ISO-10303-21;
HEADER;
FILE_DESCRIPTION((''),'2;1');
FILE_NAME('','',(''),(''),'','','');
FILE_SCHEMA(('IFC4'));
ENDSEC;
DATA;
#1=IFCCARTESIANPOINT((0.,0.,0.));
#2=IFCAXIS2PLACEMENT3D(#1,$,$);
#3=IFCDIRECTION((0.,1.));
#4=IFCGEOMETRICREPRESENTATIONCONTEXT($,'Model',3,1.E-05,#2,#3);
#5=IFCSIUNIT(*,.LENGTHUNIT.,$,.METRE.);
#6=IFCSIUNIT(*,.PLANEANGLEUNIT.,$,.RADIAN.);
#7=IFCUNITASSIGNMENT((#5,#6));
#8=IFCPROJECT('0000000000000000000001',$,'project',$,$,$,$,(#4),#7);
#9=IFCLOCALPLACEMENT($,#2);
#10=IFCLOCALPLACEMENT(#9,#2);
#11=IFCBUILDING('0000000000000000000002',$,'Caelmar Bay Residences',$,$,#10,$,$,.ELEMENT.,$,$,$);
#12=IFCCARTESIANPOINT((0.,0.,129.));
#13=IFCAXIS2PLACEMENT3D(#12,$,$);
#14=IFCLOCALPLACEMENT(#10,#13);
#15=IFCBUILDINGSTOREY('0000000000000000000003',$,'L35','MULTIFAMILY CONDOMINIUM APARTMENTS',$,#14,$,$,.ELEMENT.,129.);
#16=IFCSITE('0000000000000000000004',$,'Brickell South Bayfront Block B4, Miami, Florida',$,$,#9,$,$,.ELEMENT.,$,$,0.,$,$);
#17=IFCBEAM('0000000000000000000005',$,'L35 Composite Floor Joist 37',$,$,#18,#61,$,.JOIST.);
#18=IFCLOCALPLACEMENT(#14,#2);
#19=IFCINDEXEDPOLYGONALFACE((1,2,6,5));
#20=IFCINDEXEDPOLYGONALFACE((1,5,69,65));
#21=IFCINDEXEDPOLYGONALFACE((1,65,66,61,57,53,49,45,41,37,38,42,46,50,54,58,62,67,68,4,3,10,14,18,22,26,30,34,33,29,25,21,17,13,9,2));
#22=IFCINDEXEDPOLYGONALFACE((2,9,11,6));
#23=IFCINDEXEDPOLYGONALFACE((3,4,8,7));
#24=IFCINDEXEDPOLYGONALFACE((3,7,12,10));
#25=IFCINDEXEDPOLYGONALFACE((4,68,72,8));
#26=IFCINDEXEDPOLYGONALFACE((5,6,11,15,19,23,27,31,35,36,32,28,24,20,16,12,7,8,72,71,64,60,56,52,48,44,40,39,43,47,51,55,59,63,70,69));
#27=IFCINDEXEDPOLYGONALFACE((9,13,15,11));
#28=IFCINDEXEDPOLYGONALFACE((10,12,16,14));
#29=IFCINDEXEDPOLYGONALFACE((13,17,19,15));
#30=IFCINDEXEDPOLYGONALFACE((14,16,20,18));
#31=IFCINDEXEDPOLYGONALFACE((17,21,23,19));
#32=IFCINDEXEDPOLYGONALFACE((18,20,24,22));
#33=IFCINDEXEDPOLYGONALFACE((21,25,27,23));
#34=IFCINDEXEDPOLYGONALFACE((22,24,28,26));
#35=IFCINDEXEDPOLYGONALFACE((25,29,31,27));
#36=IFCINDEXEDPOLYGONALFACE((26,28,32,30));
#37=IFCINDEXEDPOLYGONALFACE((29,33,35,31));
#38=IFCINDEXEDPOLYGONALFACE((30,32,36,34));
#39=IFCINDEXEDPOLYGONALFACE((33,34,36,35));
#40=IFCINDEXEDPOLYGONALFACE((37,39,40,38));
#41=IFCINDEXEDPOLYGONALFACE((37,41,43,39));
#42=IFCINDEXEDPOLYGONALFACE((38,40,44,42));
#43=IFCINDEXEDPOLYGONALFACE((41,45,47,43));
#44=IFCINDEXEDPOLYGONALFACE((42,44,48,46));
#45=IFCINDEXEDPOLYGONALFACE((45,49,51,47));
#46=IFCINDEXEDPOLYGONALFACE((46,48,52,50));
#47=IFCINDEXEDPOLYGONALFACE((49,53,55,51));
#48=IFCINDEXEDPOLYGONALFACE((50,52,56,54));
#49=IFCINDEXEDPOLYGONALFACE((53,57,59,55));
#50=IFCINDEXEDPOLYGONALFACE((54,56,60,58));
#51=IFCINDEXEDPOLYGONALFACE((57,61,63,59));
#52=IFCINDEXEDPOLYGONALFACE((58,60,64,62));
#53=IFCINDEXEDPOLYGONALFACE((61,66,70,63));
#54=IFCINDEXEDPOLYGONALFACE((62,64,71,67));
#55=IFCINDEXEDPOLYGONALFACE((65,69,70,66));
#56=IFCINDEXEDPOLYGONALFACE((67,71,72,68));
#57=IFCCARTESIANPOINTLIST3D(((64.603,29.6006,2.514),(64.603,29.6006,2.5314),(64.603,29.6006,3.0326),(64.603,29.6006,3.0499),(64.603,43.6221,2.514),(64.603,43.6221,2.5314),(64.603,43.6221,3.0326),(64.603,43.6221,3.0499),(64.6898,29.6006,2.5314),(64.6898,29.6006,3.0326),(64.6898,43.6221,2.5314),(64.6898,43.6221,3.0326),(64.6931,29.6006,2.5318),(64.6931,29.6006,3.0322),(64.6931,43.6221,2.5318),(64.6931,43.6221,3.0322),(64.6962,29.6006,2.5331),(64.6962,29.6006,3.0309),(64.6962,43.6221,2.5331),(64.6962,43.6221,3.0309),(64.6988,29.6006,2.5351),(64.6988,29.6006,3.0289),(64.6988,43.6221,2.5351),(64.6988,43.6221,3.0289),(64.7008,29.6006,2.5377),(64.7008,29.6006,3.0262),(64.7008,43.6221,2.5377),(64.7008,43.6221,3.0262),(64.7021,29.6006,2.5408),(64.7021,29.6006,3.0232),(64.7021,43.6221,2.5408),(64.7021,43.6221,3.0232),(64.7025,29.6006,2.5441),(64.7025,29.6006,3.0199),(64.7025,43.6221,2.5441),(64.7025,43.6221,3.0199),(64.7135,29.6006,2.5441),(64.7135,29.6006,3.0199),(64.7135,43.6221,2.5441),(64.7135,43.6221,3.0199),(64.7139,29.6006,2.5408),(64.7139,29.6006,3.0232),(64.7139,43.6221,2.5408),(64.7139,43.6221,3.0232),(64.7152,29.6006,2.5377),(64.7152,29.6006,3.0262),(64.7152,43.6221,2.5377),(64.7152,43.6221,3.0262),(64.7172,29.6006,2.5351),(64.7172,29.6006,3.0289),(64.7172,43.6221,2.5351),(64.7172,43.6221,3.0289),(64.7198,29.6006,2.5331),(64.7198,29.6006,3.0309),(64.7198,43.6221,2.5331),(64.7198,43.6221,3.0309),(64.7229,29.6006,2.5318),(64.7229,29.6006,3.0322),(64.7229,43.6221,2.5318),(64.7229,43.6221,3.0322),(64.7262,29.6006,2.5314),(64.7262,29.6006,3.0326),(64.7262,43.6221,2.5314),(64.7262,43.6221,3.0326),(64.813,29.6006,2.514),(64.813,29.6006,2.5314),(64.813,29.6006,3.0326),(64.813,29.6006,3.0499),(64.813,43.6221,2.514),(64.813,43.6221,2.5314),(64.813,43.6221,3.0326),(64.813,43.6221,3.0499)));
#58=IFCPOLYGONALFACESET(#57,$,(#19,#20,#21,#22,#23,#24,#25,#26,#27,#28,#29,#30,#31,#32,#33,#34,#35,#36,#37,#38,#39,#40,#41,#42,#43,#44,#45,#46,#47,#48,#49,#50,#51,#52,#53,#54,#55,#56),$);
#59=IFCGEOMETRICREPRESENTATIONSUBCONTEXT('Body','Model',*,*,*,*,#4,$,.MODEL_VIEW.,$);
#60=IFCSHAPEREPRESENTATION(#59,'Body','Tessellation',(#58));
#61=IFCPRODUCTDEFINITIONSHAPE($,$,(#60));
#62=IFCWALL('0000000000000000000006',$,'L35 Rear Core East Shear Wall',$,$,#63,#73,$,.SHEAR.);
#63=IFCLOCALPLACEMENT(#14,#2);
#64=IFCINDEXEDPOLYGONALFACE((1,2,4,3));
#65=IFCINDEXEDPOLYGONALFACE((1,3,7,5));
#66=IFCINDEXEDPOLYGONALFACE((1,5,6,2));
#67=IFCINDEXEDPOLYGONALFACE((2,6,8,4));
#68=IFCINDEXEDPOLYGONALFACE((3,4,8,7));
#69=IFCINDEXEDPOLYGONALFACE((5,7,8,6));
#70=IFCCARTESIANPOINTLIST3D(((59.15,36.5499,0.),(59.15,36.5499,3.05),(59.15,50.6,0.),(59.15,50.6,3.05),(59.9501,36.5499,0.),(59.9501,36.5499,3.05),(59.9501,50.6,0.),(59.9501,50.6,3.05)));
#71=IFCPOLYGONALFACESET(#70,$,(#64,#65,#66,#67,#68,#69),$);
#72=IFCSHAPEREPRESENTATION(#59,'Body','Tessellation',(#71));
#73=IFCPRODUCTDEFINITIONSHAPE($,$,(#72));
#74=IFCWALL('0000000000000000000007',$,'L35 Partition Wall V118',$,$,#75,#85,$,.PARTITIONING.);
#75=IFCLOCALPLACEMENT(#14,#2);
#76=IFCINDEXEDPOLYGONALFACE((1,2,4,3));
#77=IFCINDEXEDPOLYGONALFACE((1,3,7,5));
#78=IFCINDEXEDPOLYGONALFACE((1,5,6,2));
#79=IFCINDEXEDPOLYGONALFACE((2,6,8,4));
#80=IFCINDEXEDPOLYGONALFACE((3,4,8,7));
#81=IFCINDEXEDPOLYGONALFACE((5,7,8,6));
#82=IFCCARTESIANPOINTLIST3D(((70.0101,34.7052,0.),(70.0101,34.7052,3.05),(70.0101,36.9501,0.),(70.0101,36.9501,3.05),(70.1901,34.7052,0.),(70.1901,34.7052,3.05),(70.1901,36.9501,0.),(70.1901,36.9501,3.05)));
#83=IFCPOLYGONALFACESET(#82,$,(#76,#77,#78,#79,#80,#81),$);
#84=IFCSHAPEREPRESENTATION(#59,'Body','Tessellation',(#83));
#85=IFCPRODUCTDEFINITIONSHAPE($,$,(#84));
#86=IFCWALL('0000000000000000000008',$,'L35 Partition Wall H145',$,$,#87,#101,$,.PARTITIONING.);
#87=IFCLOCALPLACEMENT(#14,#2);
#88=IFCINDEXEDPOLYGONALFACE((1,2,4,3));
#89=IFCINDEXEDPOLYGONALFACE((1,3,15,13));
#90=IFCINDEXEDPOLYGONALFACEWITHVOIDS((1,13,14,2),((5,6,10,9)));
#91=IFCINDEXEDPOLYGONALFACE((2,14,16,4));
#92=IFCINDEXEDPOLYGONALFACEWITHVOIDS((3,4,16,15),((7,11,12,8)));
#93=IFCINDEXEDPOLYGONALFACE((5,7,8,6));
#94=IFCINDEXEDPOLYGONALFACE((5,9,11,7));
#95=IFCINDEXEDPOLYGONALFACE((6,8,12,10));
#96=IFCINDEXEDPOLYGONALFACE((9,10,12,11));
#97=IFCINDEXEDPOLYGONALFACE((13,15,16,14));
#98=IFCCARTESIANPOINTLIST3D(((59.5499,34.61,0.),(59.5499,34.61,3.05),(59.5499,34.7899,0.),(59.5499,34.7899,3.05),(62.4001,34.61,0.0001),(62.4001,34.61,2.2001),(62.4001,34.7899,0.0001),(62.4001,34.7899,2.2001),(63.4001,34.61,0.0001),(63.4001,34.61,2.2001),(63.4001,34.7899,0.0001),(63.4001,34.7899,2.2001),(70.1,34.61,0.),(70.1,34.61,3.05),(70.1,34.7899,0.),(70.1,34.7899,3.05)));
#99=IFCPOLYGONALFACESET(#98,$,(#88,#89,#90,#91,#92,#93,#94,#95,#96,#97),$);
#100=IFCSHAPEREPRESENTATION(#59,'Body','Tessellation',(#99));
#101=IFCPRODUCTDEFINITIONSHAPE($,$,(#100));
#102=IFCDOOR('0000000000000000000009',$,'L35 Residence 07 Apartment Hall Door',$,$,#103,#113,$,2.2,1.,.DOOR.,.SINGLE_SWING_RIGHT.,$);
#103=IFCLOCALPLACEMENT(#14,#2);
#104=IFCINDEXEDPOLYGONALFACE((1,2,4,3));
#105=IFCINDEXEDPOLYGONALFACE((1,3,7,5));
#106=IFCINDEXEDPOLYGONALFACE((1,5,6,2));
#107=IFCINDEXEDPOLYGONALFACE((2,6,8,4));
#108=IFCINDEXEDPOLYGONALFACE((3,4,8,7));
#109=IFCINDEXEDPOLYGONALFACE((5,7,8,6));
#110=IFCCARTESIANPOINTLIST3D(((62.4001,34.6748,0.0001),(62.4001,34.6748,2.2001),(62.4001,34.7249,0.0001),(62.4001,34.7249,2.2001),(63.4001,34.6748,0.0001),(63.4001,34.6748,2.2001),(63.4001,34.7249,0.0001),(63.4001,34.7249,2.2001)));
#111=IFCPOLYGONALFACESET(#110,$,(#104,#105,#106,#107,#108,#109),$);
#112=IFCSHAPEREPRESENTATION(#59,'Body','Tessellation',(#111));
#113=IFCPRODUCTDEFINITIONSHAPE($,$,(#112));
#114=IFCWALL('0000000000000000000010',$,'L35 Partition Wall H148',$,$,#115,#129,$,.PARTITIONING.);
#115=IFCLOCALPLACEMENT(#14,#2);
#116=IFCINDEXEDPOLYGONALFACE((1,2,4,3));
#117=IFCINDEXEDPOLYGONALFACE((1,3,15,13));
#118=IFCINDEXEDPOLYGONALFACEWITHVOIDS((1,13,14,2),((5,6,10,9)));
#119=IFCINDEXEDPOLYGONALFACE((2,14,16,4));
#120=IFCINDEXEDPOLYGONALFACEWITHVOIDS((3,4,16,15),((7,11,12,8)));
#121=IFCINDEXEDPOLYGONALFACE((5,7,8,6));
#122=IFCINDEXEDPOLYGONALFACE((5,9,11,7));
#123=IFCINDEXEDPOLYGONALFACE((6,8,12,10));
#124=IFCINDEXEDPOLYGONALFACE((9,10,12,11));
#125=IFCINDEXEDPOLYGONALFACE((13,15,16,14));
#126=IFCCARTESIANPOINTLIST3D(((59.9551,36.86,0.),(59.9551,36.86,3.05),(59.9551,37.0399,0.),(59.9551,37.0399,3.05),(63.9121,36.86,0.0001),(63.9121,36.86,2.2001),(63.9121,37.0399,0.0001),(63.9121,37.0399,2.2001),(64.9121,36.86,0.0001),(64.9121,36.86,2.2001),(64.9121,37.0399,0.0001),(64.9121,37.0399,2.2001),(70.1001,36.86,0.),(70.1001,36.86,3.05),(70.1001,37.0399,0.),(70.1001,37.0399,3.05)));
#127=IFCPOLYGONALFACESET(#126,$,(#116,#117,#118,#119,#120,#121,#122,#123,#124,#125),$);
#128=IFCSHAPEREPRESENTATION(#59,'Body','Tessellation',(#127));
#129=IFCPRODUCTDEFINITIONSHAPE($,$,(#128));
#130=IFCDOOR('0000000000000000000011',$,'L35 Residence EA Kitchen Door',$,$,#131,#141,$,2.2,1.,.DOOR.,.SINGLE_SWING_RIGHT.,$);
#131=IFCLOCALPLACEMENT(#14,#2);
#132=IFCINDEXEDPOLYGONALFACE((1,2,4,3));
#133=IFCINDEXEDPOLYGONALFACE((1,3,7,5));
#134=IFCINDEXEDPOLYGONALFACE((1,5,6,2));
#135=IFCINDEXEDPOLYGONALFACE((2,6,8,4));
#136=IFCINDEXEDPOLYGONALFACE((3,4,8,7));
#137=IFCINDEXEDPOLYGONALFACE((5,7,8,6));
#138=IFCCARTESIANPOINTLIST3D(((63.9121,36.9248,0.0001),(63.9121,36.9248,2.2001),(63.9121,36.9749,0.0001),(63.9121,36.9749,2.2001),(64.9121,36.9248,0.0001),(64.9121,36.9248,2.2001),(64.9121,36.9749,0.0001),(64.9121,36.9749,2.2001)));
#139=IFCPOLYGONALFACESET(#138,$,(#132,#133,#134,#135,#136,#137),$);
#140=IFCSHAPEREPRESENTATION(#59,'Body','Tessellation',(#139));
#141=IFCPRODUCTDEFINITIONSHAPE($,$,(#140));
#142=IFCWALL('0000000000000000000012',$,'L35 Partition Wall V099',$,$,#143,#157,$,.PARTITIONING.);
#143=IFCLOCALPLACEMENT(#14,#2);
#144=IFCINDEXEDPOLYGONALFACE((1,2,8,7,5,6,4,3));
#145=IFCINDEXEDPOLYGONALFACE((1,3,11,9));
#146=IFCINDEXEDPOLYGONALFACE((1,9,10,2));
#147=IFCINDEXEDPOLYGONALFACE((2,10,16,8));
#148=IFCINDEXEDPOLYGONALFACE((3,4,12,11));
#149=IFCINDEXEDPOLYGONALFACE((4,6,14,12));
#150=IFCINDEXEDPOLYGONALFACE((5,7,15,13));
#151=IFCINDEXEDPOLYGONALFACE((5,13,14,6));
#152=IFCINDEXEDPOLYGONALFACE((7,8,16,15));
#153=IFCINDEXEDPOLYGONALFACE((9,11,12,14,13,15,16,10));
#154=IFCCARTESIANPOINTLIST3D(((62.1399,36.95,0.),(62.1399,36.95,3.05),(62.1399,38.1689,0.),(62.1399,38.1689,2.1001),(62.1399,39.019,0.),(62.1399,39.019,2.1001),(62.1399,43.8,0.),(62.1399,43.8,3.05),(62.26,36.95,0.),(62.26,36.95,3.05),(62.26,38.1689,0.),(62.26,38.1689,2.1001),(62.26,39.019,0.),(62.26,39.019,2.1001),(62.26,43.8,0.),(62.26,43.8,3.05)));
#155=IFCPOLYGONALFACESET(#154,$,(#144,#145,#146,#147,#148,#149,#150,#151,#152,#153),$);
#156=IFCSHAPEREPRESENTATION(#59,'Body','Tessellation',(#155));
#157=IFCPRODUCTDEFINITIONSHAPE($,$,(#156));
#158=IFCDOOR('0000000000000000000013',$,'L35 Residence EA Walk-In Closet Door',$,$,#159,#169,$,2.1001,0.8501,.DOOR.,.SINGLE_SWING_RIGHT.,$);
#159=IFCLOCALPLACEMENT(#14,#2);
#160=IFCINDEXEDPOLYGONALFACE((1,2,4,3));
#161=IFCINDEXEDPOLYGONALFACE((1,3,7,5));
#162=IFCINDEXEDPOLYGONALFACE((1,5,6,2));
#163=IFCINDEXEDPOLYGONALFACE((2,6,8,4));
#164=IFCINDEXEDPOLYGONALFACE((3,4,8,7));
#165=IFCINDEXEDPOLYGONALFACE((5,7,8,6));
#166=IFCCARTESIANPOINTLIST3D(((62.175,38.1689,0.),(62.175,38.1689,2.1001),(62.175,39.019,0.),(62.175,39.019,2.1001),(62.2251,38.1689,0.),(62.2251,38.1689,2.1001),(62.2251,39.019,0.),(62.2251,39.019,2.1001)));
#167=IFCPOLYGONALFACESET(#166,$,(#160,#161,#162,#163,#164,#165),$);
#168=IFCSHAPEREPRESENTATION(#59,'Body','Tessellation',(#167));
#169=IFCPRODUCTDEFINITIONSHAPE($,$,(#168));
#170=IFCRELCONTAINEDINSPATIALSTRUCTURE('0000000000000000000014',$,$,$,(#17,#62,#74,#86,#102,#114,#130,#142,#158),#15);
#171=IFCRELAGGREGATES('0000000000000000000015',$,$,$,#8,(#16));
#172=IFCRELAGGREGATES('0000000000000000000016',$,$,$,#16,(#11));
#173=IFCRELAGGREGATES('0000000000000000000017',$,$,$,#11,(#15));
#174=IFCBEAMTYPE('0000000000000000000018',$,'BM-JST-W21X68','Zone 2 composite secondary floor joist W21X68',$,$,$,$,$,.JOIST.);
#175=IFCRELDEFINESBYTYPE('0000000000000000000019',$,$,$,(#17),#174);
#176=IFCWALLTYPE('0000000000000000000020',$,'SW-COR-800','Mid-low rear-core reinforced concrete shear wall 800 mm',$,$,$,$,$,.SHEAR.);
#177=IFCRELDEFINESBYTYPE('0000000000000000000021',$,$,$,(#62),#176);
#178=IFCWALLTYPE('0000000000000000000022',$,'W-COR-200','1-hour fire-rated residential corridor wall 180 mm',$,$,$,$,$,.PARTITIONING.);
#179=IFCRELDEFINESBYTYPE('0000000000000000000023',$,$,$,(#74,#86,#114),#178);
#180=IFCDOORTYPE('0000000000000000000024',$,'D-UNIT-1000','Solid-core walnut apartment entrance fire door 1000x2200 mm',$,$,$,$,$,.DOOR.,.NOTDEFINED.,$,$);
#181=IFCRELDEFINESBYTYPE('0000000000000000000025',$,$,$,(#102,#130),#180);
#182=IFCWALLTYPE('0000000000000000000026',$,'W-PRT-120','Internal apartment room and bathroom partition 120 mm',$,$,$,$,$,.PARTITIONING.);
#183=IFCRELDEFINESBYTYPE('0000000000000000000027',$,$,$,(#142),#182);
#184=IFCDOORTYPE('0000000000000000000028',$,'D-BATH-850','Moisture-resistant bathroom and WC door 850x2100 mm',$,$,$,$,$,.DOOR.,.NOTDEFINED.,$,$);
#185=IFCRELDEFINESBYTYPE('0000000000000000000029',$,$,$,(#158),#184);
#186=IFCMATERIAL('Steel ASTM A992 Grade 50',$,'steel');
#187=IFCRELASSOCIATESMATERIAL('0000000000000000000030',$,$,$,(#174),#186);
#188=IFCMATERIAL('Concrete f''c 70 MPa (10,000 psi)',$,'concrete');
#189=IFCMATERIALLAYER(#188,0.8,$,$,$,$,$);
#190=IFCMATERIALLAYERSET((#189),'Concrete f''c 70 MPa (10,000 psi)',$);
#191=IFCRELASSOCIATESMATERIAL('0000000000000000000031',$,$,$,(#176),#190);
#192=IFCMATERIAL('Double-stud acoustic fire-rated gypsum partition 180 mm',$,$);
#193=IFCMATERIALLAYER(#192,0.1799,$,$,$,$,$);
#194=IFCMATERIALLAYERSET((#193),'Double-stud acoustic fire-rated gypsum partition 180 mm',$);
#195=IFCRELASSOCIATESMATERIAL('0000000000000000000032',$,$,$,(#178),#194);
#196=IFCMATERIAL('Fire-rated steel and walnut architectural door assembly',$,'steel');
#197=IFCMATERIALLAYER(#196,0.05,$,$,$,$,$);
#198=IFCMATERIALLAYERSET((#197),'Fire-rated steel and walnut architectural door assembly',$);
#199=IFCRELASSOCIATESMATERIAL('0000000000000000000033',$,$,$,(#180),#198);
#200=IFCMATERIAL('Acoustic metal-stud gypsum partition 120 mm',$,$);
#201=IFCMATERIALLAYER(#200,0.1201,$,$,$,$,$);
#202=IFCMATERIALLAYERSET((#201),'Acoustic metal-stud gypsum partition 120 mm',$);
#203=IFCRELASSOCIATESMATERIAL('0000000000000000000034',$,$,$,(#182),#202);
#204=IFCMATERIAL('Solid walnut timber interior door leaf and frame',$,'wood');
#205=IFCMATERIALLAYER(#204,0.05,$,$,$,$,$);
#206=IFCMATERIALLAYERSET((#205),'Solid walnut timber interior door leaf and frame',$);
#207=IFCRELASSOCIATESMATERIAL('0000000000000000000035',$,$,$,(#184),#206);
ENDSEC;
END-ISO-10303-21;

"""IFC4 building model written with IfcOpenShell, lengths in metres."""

from ifc_helpers import new_model, si_unit, direction, frame, frame_2d, origin, origin_2d, place, context, subcontext, project, spatial, rectangle, i_section, extrude, material, layer, layer_set, material_profile, profile_set, type_object, element, fill, save


model = new_model("IFC4")

# Units and contexts
model_context = context("Model", 3, precision=1e-05, world=origin(), true_north=direction((0.0, 1.0)))
body_context = subcontext(model_context, "Body", "Model", "MODEL_VIEW")
ifc_project = project(units=[si_unit("LENGTHUNIT", "METRE"), si_unit("PLANEANGLEUNIT", "RADIAN")], contexts=[model_context])

# Site, building, storey
site_placement = place(None, origin())
site = spatial("IfcSite", under=ifc_project, at=site_placement, Name="Brickell South Bayfront Block B4, Miami, Florida", CompositionType="ELEMENT", RefElevation=0.0)
building_placement = place(site_placement, origin())
building = spatial("IfcBuilding", under=site, at=building_placement, Name="Caelmar Bay Residences", CompositionType="ELEMENT")
storey_placement = place(building_placement, frame((0.0, 0.0, 129.0)))
storey = spatial("IfcBuildingStorey", under=building, at=storey_placement, Name="L35", Description="MULTIFAMILY CONDOMINIUM APARTMENTS", CompositionType="ELEMENT", Elevation=129.0)

# Shared definitions
ifc_material_1 = material(Name="Concrete f'c 70 MPa (10,000 psi)", Category="concrete")

# Beam
ifc_material_2 = material(Name="Steel ASTM A992 Grade 50", Category="steel")
ifc_material_profile_1 = material_profile(ifc_material_2, i_section(OverallWidth=0.21, OverallDepth=0.5359, WebThickness=0.011, FlangeThickness=0.0173, FilletRadius=0.0127, at=origin_2d()), Name="W21X68")
ifc_profile_set_1 = profile_set([ifc_material_profile_1], Name="Steel ASTM A992 Grade 50")
beam_type_1 = type_object("IfcBeamType", Name="BM-JST-W21X68", Description="Zone 2 composite secondary floor joist W21X68", PredefinedType="JOIST", material=ifc_profile_set_1)
beam_1_placement = place(storey_placement, frame((64.708, 29.6006, 2.782), z_axis=(0.0, 1.0, 0.0), x_axis=(-1.0, 0.0, 0.0)))
element("IfcBeam", 1, at=beam_1_placement, inside=storey, type_object=beam_type_1, Name="L35 Composite Floor Joist 37", PredefinedType="JOIST", context=body_context, shape_type="SweptSolid", body=[
    extrude(i_section(OverallWidth=0.21, OverallDepth=0.5359, WebThickness=0.011, FlangeThickness=0.0173, FilletRadius=0.0127, at=origin_2d()), origin(), (0.0, 0.0, 1.0), 14.0215),
])

# Walls
ifc_layer_1 = layer(ifc_material_1, 0.8)
ifc_layer_set_1 = layer_set([ifc_layer_1], Name="Concrete f'c 70 MPa (10,000 psi)")
wall_type_1 = type_object("IfcWallType", Name="SW-COR-800", Description="Mid-low rear-core reinforced concrete shear wall 800 mm", PredefinedType="SHEAR", material=ifc_layer_set_1)
wall_1_placement = place(storey_placement, frame((59.55, 36.55, 0.0), z_axis=(0.0, 0.0, 1.0), x_axis=(0.0, 1.0, 0.0)))
element("IfcWall", 2, at=wall_1_placement, inside=storey, type_object=wall_type_1, Name="L35 Rear Core East Shear Wall", PredefinedType="SHEAR", context=body_context, shape_type="SweptSolid", body=[
    extrude(rectangle(XDim=14.05, YDim=0.8, at=frame_2d((7.0249, 0.0))), origin(), (0.0, 0.0, 1.0), 3.05),
])
ifc_material_3 = material(Name="Double-stud acoustic fire-rated gypsum partition 180 mm")
ifc_layer_2 = layer(ifc_material_3, 0.1799)
ifc_layer_set_2 = layer_set([ifc_layer_2], Name="Double-stud acoustic fire-rated gypsum partition 180 mm")
wall_type_2 = type_object("IfcWallType", Name="W-COR-200", Description="1-hour fire-rated residential corridor wall 180 mm", PredefinedType="PARTITIONING", material=ifc_layer_set_2)
wall_2_placement = place(storey_placement, frame((70.1001, 34.7051, 0.0), z_axis=(0.0, 0.0, 1.0), x_axis=(0.0, 1.0, 0.0)))
element("IfcWall", 3, at=wall_2_placement, inside=storey, type_object=wall_type_2, Name="L35 Partition Wall V118", PredefinedType="PARTITIONING", context=body_context, shape_type="SweptSolid", body=[
    extrude(rectangle(XDim=2.2449, YDim=0.1799, at=frame_2d((1.1226, 0.0))), origin(), (0.0, 0.0, 1.0), 3.05),
])

# Walls, openings, doors
wall_3_placement = place(storey_placement, frame((59.55, 34.7, 0.0), z_axis=(0.0, 0.0, 1.0), x_axis=(1.0, 0.0, 0.0)))
wall_3 = element("IfcWall", 4, at=wall_3_placement, inside=storey, type_object=wall_type_2, Name="L35 Partition Wall H145", PredefinedType="PARTITIONING", context=body_context, shape_type="SweptSolid", body=[
    extrude(rectangle(XDim=10.55, YDim=0.1799, at=frame_2d((5.2749, 0.0))), origin(), (0.0, 0.0, 1.0), 3.05),
])
opening_1_placement = place(wall_3_placement, frame((2.8501, 0.0, 0.0)))
opening_1 = element("IfcOpeningElement", 5, at=opening_1_placement, cuts=wall_3, PredefinedType="OPENING", context=body_context, shape_type="SweptSolid", body=[
    extrude(rectangle(XDim=1.0, YDim=2.2, at=frame_2d((0.5, 1.1001))), frame((0.0, 0.0999, 0.0), z_axis=(0.0, -1.0, 0.0), x_axis=(1.0, 0.0, 0.0)), (0.0, 0.0, 1.0), 0.2),
])
ifc_material_4 = material(Name="Fire-rated steel and walnut architectural door assembly", Category="steel")
ifc_layer_3 = layer(ifc_material_4, 0.05)
ifc_layer_set_3 = layer_set([ifc_layer_3], Name="Fire-rated steel and walnut architectural door assembly")
door_type_1 = type_object("IfcDoorType", Name="D-UNIT-1000", Description="Solid-core walnut apartment entrance fire door 1000x2200 mm", OperationType="NOTDEFINED", PredefinedType="DOOR", material=ifc_layer_set_3)
door_1_placement = place(opening_1_placement, origin())
door_1 = element("IfcDoor", 6, at=door_1_placement, inside=storey, type_object=door_type_1, Name="L35 Residence 07 Apartment Hall Door", OperationType="SINGLE_SWING_RIGHT", OverallHeight=2.2, OverallWidth=1.0, PredefinedType="DOOR", context=body_context, shape_type="SweptSolid", body=[
    extrude(rectangle(XDim=1.0, YDim=2.2, at=frame_2d((0.5, 1.1001))), frame((0.0, 0.0249, 0.0), z_axis=(0.0, -1.0, 0.0), x_axis=(1.0, 0.0, 0.0)), (0.0, 0.0, 1.0), 0.05),
])
fill(opening_1, door_1)
wall_4_placement = place(storey_placement, frame((59.9551, 36.95, 0.0), z_axis=(0.0, 0.0, 1.0), x_axis=(1.0, 0.0, 0.0)))
wall_4 = element("IfcWall", 7, at=wall_4_placement, inside=storey, type_object=wall_type_2, Name="L35 Partition Wall H148", PredefinedType="PARTITIONING", context=body_context, shape_type="SweptSolid", body=[
    extrude(rectangle(XDim=10.145, YDim=0.1799, at=frame_2d((5.0725, 0.0))), origin(), (0.0, 0.0, 1.0), 3.05),
])
opening_2_placement = place(wall_4_placement, frame((3.957, 0.0, 0.0)))
opening_2 = element("IfcOpeningElement", 8, at=opening_2_placement, cuts=wall_4, PredefinedType="OPENING", context=body_context, shape_type="SweptSolid", body=[
    extrude(rectangle(XDim=1.0, YDim=2.2, at=frame_2d((0.5, 1.1001))), frame((0.0, 0.0999, 0.0), z_axis=(0.0, -1.0, 0.0), x_axis=(1.0, 0.0, 0.0)), (0.0, 0.0, 1.0), 0.2),
])
door_2_placement = place(opening_2_placement, origin())
door_2 = element("IfcDoor", 9, at=door_2_placement, inside=storey, type_object=door_type_1, Name="L35 Residence EA Kitchen Door", OperationType="SINGLE_SWING_RIGHT", OverallHeight=2.2, OverallWidth=1.0, PredefinedType="DOOR", context=body_context, shape_type="SweptSolid", body=[
    extrude(rectangle(XDim=1.0, YDim=2.2, at=frame_2d((0.5, 1.1001))), frame((0.0, 0.0249, 0.0), z_axis=(0.0, -1.0, 0.0), x_axis=(1.0, 0.0, 0.0)), (0.0, 0.0, 1.0), 0.05),
])
fill(opening_2, door_2)
ifc_material_5 = material(Name="Acoustic metal-stud gypsum partition 120 mm")
ifc_layer_4 = layer(ifc_material_5, 0.1201)
ifc_layer_set_4 = layer_set([ifc_layer_4], Name="Acoustic metal-stud gypsum partition 120 mm")
wall_type_3 = type_object("IfcWallType", Name="W-PRT-120", Description="Internal apartment room and bathroom partition 120 mm", PredefinedType="PARTITIONING", material=ifc_layer_set_4)
wall_5_placement = place(storey_placement, frame((62.2, 36.95, 0.0), z_axis=(0.0, 0.0, 1.0), x_axis=(0.0, 1.0, 0.0)))
wall_5 = element("IfcWall", 10, at=wall_5_placement, inside=storey, type_object=wall_type_3, Name="L35 Partition Wall V099", PredefinedType="PARTITIONING", context=body_context, shape_type="SweptSolid", body=[
    extrude(rectangle(XDim=6.8501, YDim=0.1201, at=frame_2d((3.425, 0.0))), origin(), (0.0, 0.0, 1.0), 3.05),
])
opening_3_placement = place(wall_5_placement, frame((1.219, 0.0, 0.0)))
opening_3 = element("IfcOpeningElement", 11, at=opening_3_placement, cuts=wall_5, PredefinedType="OPENING", context=body_context, shape_type="SweptSolid", body=[
    extrude(rectangle(XDim=0.8501, YDim=2.1001, at=frame_2d((0.425, 1.05))), frame((0.0, 0.0701, 0.0), z_axis=(0.0, -1.0, 0.0), x_axis=(1.0, 0.0, 0.0)), (0.0, 0.0, 1.0), 0.1401),
])
ifc_material_6 = material(Name="Solid walnut timber interior door leaf and frame", Category="wood")
ifc_layer_5 = layer(ifc_material_6, 0.05)
ifc_layer_set_5 = layer_set([ifc_layer_5], Name="Solid walnut timber interior door leaf and frame")
door_type_2 = type_object("IfcDoorType", Name="D-BATH-850", Description="Moisture-resistant bathroom and WC door 850x2100 mm", OperationType="NOTDEFINED", PredefinedType="DOOR", material=ifc_layer_set_5)
door_3_placement = place(opening_3_placement, origin())
door_3 = element("IfcDoor", 12, at=door_3_placement, inside=storey, type_object=door_type_2, Name="L35 Residence EA Walk-In Closet Door", OperationType="SINGLE_SWING_RIGHT", OverallHeight=2.1001, OverallWidth=0.8501, PredefinedType="DOOR", context=body_context, shape_type="SweptSolid", body=[
    extrude(rectangle(XDim=0.8501, YDim=2.1001, at=frame_2d((0.425, 1.05))), frame((0.0, 0.0249, 0.0), z_axis=(0.0, -1.0, 0.0), x_axis=(1.0, 0.0, 0.0)), (0.0, 0.0, 1.0), 0.05),
])
fill(opening_3, door_3)

save(model, "model.ifc")
